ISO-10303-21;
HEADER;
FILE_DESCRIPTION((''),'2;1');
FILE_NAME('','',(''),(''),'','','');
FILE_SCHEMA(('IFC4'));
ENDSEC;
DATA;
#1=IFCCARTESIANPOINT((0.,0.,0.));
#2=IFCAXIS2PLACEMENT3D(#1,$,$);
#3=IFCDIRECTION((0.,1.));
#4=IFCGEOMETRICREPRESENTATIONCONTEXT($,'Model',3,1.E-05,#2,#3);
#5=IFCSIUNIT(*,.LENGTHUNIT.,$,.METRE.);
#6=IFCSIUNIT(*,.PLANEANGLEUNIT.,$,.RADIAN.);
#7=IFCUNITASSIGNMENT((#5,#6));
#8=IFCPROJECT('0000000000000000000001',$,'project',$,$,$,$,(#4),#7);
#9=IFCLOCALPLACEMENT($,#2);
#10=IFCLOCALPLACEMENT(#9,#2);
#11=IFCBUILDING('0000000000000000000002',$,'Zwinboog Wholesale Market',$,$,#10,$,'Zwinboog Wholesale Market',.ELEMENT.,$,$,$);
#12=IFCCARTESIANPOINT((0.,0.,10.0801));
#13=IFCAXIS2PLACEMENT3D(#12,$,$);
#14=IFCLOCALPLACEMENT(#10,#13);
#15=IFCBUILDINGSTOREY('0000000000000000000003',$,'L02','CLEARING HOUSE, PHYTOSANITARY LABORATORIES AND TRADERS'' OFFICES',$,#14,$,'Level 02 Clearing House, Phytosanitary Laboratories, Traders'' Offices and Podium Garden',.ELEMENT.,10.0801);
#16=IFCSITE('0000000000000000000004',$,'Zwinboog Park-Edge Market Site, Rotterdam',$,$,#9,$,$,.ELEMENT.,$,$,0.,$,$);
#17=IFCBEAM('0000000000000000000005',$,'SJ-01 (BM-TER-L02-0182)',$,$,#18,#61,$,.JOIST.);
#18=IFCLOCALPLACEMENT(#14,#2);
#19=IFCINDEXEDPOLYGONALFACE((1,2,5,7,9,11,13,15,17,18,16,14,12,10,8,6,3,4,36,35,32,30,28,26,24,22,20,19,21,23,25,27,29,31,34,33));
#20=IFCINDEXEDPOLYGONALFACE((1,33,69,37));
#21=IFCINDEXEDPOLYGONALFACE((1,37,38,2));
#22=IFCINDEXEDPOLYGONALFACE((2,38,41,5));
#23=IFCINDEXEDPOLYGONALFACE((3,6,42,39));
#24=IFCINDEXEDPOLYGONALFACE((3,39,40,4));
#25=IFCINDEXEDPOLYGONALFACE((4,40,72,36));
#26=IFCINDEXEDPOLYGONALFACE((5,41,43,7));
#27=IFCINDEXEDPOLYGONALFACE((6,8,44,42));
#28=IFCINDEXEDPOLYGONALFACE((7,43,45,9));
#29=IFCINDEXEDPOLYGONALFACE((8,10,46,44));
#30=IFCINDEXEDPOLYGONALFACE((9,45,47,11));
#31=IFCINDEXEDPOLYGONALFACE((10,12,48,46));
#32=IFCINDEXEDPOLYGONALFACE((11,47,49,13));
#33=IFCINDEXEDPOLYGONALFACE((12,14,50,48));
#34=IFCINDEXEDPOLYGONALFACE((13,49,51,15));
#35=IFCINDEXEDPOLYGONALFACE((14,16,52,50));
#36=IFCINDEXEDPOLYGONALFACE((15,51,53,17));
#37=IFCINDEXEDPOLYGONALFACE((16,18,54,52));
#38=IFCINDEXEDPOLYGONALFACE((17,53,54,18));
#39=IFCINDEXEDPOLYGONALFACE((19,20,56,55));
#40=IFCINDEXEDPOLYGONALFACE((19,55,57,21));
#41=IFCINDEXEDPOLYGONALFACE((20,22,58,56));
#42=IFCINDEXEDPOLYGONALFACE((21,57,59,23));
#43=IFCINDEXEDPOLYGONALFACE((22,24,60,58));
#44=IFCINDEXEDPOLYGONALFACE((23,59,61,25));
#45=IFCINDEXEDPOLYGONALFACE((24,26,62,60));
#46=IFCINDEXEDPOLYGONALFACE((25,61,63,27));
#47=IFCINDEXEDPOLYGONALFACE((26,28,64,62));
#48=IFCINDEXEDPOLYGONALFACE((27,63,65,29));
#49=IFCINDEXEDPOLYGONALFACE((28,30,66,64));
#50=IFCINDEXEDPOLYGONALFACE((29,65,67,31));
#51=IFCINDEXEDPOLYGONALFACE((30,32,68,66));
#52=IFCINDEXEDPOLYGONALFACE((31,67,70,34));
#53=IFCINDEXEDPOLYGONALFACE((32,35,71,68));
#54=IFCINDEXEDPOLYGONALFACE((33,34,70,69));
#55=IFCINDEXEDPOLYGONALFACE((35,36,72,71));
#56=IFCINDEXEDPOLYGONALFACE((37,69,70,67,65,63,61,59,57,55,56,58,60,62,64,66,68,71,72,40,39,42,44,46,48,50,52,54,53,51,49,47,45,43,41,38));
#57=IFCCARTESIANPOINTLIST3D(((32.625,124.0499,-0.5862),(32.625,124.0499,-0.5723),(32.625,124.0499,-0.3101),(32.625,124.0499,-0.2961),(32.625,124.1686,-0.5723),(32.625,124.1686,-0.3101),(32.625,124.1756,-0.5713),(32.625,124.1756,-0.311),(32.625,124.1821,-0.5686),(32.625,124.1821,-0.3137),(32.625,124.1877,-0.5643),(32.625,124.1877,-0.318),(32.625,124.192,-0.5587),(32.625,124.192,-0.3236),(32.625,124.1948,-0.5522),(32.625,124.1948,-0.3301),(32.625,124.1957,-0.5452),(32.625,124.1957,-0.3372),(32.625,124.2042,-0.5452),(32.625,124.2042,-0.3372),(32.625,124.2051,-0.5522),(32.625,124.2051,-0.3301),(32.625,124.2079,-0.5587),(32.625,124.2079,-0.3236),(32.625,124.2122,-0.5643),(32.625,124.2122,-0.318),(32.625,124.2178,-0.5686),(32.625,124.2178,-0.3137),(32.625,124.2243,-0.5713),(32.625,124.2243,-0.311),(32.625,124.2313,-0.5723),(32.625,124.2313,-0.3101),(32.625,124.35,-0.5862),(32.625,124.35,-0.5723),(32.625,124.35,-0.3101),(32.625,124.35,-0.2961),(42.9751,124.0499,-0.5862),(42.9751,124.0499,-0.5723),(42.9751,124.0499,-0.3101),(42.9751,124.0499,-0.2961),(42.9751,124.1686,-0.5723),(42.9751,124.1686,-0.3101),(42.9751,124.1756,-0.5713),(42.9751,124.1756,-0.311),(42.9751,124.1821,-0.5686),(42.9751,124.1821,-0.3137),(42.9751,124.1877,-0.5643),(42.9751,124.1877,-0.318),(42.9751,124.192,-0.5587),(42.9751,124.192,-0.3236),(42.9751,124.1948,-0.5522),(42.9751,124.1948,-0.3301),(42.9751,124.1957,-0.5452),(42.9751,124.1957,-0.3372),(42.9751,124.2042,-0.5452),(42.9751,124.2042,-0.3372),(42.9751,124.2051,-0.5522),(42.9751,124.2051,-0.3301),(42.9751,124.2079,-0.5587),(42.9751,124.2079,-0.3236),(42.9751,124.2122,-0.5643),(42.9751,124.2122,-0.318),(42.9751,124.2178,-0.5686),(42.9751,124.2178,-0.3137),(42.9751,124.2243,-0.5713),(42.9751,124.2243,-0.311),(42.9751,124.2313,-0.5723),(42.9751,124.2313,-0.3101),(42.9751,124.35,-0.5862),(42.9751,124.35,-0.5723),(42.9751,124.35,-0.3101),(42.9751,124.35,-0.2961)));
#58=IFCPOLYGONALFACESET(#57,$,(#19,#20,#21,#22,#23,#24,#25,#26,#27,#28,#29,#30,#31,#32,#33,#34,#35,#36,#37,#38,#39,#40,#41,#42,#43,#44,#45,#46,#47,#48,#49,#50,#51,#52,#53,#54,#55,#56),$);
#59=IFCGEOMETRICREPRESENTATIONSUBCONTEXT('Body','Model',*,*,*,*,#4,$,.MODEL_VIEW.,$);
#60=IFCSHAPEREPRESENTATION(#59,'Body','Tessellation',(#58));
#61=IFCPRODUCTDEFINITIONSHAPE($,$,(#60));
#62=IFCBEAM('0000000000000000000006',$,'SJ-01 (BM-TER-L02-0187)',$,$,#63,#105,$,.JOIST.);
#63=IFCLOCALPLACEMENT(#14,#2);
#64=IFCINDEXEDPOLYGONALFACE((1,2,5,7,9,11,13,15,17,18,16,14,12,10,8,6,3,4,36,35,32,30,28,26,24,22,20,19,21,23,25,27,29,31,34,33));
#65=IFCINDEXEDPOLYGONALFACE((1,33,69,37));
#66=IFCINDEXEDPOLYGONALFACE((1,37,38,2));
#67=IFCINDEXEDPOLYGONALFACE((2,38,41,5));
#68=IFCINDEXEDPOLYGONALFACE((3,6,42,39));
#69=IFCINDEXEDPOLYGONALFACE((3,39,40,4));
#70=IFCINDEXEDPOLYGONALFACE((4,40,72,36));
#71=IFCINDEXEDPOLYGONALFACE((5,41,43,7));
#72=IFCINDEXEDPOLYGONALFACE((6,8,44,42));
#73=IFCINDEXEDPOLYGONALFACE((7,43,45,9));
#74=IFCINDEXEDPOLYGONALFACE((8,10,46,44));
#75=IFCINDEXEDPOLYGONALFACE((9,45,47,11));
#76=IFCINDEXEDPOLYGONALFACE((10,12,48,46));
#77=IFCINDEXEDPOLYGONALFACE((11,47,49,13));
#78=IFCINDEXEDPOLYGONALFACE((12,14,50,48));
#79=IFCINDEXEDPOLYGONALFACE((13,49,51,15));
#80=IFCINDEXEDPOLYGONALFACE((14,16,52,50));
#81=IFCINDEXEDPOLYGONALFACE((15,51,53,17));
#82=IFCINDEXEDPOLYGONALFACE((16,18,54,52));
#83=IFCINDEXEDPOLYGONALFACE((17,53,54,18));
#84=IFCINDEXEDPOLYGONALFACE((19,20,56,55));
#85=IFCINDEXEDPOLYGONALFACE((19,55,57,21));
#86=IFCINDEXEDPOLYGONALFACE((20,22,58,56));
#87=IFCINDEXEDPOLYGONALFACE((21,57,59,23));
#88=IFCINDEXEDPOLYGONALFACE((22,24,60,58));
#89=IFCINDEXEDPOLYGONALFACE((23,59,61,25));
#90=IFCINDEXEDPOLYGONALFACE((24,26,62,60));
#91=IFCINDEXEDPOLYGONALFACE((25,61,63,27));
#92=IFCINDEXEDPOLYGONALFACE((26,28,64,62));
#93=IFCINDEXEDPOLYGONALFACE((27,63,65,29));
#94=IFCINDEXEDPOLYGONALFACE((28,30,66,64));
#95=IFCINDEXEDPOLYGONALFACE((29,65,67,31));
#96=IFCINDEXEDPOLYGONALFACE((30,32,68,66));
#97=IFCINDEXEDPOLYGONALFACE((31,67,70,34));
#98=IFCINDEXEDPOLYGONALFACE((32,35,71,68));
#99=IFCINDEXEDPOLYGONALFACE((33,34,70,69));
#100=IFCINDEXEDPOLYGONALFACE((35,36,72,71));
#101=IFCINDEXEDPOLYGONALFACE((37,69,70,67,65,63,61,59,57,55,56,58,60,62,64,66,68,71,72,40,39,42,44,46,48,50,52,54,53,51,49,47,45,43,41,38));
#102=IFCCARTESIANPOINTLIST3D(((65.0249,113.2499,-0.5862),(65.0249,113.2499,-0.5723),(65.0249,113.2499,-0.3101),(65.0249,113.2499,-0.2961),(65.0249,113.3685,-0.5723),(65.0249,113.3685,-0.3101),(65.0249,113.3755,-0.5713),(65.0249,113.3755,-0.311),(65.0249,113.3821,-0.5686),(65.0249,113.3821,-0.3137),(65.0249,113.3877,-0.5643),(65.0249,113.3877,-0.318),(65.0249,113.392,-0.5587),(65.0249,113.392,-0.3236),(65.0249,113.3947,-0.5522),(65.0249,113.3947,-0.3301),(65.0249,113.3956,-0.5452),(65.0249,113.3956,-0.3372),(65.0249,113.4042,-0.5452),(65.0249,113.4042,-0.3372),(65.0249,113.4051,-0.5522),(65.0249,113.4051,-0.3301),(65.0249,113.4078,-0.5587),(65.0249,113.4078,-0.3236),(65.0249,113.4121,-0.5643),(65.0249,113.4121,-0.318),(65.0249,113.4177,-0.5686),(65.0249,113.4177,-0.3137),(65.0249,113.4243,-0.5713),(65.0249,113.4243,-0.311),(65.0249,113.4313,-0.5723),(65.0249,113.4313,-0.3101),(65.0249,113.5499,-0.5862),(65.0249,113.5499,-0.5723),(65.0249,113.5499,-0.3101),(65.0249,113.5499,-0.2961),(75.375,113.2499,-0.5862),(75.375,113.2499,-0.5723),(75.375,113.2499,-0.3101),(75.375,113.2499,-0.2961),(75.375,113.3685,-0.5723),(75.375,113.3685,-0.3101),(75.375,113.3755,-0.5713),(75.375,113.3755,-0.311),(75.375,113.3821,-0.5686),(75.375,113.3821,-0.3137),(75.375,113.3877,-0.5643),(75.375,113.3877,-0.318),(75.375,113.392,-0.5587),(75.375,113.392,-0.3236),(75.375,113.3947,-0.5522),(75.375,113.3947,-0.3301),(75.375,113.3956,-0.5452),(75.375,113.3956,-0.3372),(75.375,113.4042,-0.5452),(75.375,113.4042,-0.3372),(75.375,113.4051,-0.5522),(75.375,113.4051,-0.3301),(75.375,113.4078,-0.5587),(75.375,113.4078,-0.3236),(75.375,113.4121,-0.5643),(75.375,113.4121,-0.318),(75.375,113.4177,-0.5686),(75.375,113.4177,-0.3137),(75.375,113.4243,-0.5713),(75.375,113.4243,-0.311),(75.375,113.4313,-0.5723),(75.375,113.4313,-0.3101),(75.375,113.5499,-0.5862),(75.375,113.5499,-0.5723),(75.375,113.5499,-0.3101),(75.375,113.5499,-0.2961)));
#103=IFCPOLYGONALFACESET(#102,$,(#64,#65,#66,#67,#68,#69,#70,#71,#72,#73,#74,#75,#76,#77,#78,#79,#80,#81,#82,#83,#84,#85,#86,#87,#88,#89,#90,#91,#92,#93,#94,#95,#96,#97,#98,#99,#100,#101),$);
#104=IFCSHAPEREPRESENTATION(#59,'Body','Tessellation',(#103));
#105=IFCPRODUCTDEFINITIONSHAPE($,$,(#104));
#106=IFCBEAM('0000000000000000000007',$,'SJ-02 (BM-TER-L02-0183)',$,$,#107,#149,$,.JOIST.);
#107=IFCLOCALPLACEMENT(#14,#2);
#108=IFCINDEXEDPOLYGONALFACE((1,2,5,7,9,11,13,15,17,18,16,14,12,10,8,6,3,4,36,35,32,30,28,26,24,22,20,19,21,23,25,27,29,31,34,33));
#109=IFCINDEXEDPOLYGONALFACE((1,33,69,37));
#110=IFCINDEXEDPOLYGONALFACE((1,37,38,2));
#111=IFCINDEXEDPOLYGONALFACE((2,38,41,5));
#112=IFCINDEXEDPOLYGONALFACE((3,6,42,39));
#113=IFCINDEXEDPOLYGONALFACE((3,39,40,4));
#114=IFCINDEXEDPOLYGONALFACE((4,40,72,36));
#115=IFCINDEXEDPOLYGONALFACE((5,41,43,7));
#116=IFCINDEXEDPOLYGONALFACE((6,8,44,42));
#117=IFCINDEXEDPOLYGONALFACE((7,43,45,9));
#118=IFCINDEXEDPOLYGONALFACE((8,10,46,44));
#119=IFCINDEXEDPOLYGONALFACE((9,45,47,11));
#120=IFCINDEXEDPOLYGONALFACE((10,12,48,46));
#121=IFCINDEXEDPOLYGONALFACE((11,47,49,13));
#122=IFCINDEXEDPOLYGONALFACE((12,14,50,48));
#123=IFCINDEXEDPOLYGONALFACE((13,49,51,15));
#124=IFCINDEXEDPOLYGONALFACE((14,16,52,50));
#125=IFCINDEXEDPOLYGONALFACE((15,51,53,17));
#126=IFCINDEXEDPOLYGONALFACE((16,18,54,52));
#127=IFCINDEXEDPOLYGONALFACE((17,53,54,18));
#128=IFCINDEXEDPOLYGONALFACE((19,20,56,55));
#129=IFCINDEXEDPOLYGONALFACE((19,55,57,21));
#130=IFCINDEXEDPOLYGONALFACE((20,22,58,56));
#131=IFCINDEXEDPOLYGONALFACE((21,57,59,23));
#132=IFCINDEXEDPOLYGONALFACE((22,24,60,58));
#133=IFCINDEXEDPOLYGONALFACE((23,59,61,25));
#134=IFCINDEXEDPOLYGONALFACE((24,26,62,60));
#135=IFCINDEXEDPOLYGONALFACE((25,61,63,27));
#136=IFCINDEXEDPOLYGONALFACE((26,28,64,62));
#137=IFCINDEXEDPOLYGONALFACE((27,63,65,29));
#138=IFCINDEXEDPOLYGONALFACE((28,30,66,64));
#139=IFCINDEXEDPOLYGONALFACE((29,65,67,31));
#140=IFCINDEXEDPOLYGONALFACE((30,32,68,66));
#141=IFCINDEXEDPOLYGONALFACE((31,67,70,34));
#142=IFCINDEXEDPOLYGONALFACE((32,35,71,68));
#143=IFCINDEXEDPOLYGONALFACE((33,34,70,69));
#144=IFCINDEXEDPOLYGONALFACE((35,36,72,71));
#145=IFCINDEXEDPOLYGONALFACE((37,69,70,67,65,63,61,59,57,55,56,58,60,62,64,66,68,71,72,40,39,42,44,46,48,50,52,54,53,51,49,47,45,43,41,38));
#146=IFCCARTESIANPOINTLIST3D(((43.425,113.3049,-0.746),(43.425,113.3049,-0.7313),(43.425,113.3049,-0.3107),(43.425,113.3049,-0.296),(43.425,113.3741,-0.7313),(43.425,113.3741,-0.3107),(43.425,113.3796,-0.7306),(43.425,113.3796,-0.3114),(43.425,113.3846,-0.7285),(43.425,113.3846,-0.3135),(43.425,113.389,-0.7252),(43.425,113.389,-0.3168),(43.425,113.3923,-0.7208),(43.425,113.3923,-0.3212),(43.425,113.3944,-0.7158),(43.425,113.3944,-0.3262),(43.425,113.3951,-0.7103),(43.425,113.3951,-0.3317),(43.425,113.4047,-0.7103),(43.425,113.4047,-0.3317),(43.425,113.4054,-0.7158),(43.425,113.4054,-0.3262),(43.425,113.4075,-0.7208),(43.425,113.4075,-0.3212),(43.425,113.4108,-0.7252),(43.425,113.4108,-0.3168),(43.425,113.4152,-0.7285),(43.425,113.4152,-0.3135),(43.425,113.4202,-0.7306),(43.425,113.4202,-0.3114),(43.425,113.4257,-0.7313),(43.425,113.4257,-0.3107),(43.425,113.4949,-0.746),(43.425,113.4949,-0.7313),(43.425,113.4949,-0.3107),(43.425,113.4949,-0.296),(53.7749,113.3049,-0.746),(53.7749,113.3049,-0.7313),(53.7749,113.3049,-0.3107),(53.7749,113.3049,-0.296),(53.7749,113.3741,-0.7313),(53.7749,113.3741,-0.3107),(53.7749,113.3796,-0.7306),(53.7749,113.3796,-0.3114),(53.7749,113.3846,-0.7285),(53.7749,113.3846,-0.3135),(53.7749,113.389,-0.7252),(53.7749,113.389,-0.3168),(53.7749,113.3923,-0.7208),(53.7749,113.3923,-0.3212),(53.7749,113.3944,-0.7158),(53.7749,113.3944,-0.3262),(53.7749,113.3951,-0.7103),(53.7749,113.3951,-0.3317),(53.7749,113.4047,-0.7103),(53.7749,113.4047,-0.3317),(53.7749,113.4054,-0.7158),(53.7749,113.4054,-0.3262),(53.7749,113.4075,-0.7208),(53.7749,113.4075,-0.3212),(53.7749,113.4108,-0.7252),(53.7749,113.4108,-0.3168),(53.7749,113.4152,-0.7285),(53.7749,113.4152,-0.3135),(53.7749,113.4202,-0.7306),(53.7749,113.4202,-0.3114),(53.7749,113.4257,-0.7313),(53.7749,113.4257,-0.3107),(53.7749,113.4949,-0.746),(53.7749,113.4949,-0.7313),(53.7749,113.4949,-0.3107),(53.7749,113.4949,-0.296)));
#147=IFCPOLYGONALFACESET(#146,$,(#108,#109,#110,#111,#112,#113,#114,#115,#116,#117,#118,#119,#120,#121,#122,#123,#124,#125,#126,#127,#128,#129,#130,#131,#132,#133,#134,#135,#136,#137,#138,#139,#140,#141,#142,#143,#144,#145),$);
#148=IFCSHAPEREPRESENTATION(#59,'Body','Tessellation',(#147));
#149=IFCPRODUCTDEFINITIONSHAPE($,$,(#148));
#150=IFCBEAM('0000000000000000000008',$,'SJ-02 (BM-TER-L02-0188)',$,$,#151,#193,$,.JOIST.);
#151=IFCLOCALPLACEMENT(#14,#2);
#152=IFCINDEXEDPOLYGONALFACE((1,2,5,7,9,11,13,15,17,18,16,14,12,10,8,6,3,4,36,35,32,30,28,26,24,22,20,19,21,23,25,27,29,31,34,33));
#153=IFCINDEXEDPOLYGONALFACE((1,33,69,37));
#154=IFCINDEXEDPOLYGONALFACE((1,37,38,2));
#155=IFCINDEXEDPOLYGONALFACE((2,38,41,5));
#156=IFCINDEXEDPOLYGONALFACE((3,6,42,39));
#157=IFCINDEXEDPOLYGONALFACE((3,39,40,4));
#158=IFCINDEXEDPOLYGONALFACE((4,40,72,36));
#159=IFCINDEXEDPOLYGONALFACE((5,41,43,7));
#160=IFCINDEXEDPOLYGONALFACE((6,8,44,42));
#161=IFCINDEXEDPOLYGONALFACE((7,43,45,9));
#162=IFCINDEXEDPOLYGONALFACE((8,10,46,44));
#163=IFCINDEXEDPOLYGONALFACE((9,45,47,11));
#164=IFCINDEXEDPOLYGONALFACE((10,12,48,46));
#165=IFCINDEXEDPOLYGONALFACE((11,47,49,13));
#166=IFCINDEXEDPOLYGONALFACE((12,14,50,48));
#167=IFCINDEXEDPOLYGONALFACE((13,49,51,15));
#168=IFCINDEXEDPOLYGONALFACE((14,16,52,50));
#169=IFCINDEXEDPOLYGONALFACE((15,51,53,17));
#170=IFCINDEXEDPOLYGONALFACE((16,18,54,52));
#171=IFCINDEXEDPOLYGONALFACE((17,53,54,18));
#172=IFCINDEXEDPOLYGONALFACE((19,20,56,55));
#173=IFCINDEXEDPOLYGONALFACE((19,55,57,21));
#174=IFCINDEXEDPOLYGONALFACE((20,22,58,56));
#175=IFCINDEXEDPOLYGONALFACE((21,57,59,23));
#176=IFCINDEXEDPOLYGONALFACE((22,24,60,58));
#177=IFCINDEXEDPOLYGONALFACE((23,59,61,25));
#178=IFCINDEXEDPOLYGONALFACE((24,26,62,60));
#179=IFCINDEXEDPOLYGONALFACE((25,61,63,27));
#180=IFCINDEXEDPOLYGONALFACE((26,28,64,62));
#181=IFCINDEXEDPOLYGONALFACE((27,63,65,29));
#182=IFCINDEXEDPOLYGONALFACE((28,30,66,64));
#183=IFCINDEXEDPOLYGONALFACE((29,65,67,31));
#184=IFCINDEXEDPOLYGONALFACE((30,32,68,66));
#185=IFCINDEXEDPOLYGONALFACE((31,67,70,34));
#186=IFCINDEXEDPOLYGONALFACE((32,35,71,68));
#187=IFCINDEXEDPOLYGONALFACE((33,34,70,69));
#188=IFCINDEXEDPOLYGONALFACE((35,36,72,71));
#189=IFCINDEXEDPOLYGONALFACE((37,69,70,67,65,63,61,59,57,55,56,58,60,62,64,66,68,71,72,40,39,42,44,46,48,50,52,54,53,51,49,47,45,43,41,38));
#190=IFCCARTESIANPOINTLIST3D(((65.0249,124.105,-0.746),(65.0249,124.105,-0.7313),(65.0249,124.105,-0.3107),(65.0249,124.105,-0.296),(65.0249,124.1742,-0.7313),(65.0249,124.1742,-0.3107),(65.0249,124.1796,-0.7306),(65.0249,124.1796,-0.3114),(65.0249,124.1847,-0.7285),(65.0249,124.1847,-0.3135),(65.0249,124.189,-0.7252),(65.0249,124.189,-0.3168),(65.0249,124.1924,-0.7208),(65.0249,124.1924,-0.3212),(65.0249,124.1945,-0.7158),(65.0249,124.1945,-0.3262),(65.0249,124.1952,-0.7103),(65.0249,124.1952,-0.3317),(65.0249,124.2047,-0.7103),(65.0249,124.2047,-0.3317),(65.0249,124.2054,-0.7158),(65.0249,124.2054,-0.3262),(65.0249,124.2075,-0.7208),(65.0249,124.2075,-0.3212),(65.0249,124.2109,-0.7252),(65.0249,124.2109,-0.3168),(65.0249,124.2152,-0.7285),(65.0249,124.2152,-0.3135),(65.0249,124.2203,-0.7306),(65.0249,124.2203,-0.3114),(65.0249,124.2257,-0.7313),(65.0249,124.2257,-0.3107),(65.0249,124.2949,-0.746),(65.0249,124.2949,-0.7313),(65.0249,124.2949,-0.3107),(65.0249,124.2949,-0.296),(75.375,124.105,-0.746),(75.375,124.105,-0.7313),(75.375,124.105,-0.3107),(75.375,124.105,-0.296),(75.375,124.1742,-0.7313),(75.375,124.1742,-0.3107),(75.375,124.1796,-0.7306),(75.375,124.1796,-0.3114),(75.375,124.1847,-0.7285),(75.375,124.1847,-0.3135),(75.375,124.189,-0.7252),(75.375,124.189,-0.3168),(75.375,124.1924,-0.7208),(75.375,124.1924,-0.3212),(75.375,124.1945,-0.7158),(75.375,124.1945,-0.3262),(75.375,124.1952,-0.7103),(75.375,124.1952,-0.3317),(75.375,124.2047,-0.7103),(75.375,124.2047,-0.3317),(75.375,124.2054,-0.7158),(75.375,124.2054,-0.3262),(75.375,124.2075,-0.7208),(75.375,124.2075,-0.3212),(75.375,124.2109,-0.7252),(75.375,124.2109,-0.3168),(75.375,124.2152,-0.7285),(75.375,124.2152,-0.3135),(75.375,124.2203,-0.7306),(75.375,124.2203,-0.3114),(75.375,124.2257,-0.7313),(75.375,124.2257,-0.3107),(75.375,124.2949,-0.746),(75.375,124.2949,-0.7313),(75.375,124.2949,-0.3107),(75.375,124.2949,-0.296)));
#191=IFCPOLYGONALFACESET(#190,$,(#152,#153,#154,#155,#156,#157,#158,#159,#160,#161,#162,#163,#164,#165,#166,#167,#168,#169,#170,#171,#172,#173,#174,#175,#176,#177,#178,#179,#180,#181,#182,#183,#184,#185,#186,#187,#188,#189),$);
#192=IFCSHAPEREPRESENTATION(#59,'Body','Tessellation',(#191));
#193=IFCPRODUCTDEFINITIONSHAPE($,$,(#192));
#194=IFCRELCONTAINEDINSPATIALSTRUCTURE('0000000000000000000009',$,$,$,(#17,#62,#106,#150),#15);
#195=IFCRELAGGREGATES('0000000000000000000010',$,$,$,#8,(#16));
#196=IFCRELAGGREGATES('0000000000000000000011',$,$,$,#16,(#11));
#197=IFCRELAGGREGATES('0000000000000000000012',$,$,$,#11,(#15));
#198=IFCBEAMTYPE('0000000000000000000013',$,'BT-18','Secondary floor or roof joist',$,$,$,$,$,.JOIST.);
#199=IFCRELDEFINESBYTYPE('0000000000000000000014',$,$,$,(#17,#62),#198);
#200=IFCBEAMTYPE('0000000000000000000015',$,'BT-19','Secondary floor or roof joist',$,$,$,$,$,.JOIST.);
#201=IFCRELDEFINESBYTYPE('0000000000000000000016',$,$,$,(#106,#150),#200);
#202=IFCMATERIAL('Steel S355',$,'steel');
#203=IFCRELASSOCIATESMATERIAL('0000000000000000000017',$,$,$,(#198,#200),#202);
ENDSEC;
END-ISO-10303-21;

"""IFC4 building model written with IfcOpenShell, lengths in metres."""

from ifc_helpers import new_model, si_unit, direction, frame, origin, origin_2d, place, context, subcontext, project, spatial, i_section, extrude, material, material_profile, profile_set, type_object, element, save


model = new_model("IFC4")

# Units and contexts
model_context = context("Model", 3, precision=1e-05, world=origin(), true_north=direction((0.0, 1.0)))
body_context = subcontext(model_context, "Body", "Model", "MODEL_VIEW")
ifc_project = project(units=[si_unit("LENGTHUNIT", "METRE"), si_unit("PLANEANGLEUNIT", "RADIAN")], contexts=[model_context])

# Site, building, storey
site_placement = place(None, origin())
site = spatial("IfcSite", under=ifc_project, at=site_placement, Name="Zwinboog Park-Edge Market Site, Rotterdam", CompositionType="ELEMENT", RefElevation=0.0)
building_placement = place(site_placement, origin())
building = spatial("IfcBuilding", under=site, at=building_placement, Name="Zwinboog Wholesale Market", LongName="Zwinboog Wholesale Market", CompositionType="ELEMENT")
storey_placement = place(building_placement, frame((0.0, 0.0, 10.0801)))
storey = spatial("IfcBuildingStorey", under=building, at=storey_placement, Name="L02", Description="CLEARING HOUSE, PHYTOSANITARY LABORATORIES AND TRADERS' OFFICES", LongName="Level 02 Clearing House, Phytosanitary Laboratories, Traders' Offices and Podium Garden", CompositionType="ELEMENT", Elevation=10.0801)

# Beams
ifc_material_1 = material(Name="Steel S355", Category="steel")
ifc_material_profile_1 = material_profile(ifc_material_1, i_section(OverallWidth=0.3, OverallDepth=0.29, WebThickness=0.0085, FlangeThickness=0.0139, FilletRadius=0.0271, at=origin_2d()), Name="HEA 300")
ifc_profile_set_1 = profile_set([ifc_material_profile_1], Name="Steel S355")
beam_type_1 = type_object("IfcBeamType", Name="BT-18", Description="Secondary floor or roof joist", PredefinedType="JOIST", material=ifc_profile_set_1)
for number, where, z_axis, x_axis, name in (
    (1, (32.625, 124.2, -0.4412), (1.0, 0.0, 0.0), (0.0, 1.0, 0.0), "SJ-01 (BM-TER-L02-0182)"),
    (2, (65.0249, 113.3999, -0.4412), (1.0, 0.0, 0.0), (0.0, 1.0, 0.0), "SJ-01 (BM-TER-L02-0187)"),
):
    element("IfcBeam", number, at=place(storey_placement, frame(where, z_axis=z_axis, x_axis=x_axis)), inside=storey, type_object=beam_type_1, Name=name, PredefinedType="JOIST", context=body_context, shape_type="SweptSolid", body=[
        extrude(i_section(OverallWidth=0.3, OverallDepth=0.29, WebThickness=0.0085, FlangeThickness=0.0139, FilletRadius=0.0271, at=origin_2d()), origin(), (0.0, 0.0, 1.0), 10.3501),
    ])
ifc_material_profile_2 = material_profile(ifc_material_1, i_section(OverallWidth=0.1899, OverallDepth=0.45, WebThickness=0.0095, FlangeThickness=0.0146, FilletRadius=0.021, at=origin_2d()), Name="IPE 450")
ifc_profile_set_2 = profile_set([ifc_material_profile_2], Name="Steel S355")
beam_type_2 = type_object("IfcBeamType", Name="BT-19", Description="Secondary floor or roof joist", PredefinedType="JOIST", material=ifc_profile_set_2)
beam_1_placement = place(storey_placement, frame((43.425, 113.3999, -0.521), z_axis=(1.0, 0.0, 0.0), x_axis=(0.0, 1.0, 0.0)))
element("IfcBeam", 3, at=beam_1_placement, inside=storey, type_object=beam_type_2, Name="SJ-02 (BM-TER-L02-0183)", PredefinedType="JOIST", context=body_context, shape_type="SweptSolid", body=[
    extrude(i_section(OverallWidth=0.1899, OverallDepth=0.45, WebThickness=0.0095, FlangeThickness=0.0146, FilletRadius=0.021, at=origin_2d()), origin(), (0.0, 0.0, 1.0), 10.3499),
])
beam_2_placement = place(storey_placement, frame((65.0249, 124.2, -0.521), z_axis=(1.0, 0.0, 0.0), x_axis=(0.0, 1.0, 0.0)))
element("IfcBeam", 4, at=beam_2_placement, inside=storey, type_object=beam_type_2, Name="SJ-02 (BM-TER-L02-0188)", PredefinedType="JOIST", context=body_context, shape_type="SweptSolid", body=[
    extrude(i_section(OverallWidth=0.1899, OverallDepth=0.45, WebThickness=0.0095, FlangeThickness=0.0146, FilletRadius=0.021, at=origin_2d()), origin(), (0.0, 0.0, 1.0), 10.3501),
])

save(model, "model.ifc")
